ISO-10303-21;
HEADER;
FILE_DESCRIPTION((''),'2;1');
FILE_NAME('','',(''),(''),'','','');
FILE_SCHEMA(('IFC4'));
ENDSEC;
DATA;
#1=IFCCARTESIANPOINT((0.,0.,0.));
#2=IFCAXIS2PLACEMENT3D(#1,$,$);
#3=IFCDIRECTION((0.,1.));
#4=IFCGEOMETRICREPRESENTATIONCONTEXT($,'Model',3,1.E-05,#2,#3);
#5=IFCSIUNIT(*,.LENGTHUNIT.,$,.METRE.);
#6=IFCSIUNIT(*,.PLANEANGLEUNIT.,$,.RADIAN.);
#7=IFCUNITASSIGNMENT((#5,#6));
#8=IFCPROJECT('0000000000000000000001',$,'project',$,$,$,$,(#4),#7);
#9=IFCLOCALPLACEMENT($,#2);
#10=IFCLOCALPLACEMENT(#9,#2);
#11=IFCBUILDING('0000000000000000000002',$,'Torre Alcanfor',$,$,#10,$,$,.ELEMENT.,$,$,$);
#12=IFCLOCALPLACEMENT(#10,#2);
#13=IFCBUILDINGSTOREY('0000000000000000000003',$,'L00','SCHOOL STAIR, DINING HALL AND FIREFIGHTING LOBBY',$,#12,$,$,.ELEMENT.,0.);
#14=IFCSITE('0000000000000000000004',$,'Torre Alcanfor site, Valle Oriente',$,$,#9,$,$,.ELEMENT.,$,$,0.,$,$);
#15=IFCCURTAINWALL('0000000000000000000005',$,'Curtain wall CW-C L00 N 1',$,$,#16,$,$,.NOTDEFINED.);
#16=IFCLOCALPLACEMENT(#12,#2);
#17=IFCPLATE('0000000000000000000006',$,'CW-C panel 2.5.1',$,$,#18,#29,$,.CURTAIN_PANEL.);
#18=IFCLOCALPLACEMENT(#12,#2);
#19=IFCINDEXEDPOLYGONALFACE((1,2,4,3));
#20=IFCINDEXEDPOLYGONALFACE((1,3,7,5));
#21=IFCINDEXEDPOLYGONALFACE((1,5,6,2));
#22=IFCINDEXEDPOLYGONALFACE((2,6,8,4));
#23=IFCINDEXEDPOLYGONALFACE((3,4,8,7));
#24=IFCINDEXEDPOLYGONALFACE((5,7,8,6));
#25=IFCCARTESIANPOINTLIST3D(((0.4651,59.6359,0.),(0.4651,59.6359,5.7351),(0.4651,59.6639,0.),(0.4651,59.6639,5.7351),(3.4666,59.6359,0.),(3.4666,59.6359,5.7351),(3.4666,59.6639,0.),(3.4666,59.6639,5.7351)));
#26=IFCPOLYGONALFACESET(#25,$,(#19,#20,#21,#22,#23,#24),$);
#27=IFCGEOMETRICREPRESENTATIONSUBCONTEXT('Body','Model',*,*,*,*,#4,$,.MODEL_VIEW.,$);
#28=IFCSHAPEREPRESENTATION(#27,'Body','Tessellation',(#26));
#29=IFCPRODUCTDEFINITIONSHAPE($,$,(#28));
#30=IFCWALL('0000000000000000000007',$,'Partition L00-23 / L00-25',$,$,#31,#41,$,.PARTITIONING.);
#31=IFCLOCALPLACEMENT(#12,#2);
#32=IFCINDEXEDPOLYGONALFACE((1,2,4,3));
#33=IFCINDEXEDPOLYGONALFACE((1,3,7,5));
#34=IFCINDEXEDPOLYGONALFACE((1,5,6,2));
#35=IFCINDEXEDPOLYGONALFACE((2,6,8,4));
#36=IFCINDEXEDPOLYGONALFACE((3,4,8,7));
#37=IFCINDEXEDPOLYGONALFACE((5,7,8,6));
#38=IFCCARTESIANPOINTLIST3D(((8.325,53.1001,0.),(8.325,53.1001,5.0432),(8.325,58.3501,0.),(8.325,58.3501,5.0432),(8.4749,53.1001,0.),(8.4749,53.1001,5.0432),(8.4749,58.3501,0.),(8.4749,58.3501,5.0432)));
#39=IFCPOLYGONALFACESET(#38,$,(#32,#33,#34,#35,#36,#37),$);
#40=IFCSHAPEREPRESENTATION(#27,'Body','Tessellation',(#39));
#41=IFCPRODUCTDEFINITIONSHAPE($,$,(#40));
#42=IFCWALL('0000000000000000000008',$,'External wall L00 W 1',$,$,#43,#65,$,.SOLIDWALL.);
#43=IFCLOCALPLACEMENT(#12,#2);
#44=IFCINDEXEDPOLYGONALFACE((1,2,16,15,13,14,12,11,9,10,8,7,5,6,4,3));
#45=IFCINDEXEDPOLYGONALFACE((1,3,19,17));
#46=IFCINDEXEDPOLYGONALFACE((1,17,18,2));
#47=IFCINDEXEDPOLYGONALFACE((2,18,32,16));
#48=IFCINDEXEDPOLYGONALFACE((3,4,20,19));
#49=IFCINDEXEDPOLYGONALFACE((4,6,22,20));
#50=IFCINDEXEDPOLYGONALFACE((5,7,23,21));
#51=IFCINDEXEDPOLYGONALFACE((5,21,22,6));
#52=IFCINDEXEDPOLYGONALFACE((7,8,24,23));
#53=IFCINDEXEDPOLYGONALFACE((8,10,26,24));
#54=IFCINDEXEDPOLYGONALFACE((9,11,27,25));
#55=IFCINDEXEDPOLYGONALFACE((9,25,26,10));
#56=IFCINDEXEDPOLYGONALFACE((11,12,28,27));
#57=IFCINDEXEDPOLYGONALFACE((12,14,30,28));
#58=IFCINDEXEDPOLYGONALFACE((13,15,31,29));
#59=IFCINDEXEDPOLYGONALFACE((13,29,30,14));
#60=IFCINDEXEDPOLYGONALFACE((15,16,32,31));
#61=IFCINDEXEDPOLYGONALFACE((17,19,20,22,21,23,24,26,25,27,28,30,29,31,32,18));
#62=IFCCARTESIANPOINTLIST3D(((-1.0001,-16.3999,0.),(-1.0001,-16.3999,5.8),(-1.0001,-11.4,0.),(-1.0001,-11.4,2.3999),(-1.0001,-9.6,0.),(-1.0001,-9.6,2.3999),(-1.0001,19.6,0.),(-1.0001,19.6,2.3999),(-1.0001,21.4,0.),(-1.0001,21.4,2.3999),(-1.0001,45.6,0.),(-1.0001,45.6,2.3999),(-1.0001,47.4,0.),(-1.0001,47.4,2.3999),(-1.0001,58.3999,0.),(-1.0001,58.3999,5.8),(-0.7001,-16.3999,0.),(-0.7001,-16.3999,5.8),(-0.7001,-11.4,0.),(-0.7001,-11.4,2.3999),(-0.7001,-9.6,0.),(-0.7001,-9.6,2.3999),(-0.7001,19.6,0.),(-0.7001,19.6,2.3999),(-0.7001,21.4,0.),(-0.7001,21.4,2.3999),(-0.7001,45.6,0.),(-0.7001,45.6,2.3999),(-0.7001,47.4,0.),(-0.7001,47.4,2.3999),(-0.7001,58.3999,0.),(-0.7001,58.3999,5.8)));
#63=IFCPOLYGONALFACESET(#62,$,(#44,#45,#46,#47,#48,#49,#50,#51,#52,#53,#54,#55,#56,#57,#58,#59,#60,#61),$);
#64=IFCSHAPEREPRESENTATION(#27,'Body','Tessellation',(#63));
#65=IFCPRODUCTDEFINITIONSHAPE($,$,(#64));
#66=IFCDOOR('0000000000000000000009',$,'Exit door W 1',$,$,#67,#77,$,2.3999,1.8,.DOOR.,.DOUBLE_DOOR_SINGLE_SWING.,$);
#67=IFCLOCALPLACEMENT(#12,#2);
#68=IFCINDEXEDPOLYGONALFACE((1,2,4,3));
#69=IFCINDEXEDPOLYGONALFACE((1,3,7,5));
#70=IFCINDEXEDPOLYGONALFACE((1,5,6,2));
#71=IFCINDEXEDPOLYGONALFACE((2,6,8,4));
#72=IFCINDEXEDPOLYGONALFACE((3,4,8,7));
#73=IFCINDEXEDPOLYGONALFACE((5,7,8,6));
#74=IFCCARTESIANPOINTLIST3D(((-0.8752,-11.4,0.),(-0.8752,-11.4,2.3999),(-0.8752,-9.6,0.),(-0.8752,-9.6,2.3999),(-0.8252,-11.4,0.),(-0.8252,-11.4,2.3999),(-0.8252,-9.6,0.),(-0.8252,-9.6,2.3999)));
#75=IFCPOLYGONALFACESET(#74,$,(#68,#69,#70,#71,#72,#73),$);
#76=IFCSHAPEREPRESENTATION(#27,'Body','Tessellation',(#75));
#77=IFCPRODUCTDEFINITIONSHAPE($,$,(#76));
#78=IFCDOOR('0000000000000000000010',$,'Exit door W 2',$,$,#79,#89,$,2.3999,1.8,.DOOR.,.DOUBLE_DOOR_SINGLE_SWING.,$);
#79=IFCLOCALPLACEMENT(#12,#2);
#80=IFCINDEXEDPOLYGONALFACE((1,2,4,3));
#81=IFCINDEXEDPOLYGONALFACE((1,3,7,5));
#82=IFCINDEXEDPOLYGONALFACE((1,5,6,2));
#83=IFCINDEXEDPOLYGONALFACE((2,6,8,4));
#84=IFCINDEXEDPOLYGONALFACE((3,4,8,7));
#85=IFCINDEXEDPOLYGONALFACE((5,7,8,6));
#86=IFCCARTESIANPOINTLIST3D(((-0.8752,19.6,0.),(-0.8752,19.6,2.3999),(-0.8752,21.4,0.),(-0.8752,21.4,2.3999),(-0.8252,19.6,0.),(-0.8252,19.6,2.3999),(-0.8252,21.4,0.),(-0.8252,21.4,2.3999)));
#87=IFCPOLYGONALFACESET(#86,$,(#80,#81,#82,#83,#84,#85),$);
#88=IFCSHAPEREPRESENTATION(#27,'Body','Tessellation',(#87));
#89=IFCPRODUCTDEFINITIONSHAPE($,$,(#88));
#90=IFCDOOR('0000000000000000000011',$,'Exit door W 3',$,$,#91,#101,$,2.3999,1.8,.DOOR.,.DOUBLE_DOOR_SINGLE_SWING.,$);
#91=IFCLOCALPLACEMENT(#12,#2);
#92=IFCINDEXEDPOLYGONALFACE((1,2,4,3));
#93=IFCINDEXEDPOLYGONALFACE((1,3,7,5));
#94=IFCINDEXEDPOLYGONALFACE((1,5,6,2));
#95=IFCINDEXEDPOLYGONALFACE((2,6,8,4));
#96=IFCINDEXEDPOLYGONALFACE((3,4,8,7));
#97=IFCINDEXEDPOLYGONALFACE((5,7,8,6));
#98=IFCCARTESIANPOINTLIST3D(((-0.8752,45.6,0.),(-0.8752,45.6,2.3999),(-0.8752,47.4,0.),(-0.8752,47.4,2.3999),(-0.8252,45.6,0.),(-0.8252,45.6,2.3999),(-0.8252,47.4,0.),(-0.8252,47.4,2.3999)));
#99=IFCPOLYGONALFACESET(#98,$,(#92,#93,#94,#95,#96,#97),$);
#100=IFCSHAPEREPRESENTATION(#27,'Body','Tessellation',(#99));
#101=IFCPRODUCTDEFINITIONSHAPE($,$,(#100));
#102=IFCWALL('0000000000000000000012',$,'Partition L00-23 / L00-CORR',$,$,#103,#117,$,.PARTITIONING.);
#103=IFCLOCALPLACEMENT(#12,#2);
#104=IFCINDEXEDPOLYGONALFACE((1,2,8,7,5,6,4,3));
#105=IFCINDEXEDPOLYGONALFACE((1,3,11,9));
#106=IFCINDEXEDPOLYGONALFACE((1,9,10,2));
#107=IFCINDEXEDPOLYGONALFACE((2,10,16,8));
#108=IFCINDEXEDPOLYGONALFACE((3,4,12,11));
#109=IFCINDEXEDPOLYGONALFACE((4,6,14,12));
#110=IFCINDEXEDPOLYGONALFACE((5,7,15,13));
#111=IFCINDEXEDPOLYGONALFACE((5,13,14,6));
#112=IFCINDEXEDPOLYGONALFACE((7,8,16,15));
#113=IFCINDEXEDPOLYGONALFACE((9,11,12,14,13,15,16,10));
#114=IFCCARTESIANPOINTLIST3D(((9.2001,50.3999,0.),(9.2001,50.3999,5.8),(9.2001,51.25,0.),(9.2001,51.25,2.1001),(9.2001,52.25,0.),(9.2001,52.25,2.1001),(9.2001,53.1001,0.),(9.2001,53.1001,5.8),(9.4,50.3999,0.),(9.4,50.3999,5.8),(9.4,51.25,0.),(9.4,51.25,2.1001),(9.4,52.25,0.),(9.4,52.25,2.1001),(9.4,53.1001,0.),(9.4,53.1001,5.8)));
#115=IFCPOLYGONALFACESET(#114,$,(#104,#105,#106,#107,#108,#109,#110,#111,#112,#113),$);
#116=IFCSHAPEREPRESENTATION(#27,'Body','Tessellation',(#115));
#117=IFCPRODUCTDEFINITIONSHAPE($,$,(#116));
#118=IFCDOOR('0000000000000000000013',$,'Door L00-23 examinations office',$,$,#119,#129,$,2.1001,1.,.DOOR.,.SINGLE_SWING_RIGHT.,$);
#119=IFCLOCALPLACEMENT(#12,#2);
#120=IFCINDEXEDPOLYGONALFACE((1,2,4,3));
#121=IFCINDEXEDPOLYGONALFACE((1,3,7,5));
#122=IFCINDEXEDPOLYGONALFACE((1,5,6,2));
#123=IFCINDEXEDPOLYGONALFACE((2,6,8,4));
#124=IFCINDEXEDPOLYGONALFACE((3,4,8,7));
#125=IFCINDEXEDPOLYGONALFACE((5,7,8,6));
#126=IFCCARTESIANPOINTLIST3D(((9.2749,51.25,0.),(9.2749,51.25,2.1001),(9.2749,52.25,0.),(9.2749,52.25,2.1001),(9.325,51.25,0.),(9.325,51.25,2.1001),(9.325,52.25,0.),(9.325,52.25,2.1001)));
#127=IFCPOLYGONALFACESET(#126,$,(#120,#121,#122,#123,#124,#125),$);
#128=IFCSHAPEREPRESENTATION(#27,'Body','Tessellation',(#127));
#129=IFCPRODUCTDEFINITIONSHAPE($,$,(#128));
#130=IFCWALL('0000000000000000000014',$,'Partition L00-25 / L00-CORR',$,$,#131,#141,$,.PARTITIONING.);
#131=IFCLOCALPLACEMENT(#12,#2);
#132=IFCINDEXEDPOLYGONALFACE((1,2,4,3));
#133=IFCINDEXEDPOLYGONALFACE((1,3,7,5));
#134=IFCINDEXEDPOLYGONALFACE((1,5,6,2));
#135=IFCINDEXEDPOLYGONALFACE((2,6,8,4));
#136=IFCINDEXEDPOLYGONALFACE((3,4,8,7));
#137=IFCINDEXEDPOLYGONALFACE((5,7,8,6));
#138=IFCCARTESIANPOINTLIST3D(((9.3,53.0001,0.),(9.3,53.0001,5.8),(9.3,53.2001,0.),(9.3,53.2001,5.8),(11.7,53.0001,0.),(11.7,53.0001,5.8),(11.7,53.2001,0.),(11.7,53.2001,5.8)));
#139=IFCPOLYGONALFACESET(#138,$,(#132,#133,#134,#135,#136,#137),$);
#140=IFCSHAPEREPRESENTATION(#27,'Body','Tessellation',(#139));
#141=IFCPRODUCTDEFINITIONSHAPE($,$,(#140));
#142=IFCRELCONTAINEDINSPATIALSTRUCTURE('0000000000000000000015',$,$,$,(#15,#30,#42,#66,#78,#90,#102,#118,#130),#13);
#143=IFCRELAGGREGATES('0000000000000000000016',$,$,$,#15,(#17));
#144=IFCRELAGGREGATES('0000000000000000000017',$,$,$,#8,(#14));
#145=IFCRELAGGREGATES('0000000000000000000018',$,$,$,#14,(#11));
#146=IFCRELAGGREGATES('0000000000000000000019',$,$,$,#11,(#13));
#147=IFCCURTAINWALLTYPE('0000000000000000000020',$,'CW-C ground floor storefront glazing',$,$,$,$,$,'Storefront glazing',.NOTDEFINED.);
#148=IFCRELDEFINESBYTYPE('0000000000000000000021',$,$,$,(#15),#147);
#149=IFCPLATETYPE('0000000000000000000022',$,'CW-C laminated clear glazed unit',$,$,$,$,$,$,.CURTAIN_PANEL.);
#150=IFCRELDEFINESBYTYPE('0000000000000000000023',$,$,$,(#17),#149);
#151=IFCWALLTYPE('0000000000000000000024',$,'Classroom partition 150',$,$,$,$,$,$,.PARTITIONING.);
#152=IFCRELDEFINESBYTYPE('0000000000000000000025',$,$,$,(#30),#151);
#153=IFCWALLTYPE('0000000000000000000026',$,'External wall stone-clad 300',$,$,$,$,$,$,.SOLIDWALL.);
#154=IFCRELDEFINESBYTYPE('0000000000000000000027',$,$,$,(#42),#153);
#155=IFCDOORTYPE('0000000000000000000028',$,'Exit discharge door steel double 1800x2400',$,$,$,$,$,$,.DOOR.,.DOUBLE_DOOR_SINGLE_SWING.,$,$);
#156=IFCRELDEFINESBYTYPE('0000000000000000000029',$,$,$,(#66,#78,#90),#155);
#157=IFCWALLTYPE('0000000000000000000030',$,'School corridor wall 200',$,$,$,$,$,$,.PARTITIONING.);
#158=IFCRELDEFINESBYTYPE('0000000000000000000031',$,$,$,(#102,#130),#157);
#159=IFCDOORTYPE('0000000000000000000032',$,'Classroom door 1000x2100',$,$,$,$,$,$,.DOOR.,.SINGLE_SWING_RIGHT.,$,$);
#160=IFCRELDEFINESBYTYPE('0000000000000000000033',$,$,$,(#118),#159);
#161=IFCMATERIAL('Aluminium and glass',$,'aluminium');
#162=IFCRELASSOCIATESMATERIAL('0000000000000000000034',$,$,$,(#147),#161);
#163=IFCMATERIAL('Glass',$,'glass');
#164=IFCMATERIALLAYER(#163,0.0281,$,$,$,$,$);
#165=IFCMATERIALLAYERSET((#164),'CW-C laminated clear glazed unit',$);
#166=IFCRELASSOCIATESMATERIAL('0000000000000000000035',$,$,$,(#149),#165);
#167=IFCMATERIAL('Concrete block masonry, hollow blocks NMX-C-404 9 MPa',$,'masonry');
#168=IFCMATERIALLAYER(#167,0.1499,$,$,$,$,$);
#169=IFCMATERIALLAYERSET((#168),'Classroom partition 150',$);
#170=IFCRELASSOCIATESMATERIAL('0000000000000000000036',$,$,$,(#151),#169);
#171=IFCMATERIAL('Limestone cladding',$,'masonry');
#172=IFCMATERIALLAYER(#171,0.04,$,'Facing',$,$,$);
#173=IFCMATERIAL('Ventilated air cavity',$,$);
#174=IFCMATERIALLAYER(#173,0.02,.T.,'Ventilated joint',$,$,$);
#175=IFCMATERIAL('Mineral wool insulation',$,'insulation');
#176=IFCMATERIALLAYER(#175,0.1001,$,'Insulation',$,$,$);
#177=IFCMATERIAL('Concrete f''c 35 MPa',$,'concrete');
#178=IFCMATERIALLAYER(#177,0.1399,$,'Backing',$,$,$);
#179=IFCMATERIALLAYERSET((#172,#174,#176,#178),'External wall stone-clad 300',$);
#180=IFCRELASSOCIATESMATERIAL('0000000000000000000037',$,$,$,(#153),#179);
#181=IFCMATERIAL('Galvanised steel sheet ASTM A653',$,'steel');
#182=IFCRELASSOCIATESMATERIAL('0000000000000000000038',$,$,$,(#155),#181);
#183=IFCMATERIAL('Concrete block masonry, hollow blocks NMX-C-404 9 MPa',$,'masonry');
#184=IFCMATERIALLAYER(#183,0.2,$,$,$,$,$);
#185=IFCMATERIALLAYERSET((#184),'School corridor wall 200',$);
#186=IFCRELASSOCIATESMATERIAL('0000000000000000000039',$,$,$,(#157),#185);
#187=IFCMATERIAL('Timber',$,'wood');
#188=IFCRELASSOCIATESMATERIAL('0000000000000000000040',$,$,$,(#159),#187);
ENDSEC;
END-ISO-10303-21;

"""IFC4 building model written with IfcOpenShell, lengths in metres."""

from ifc_helpers import new_model, si_unit, direction, frame, frame_2d, origin, origin_2d, place, context, subcontext, project, spatial, rectangle, extrude, material, layer, layer_set, type_object, element, fill, aggregate, save


model = new_model("IFC4")

# Units and contexts
model_context = context("Model", 3, precision=1e-05, world=origin(), true_north=direction((0.0, 1.0)))
body_context = subcontext(model_context, "Body", "Model", "MODEL_VIEW")
ifc_project = project(units=[si_unit("LENGTHUNIT", "METRE"), si_unit("PLANEANGLEUNIT", "RADIAN")], contexts=[model_context])

# Site, building, storey
site_placement = place(None, origin())
site = spatial("IfcSite", under=ifc_project, at=site_placement, Name="Torre Alcanfor site, Valle Oriente", CompositionType="ELEMENT", RefElevation=0.0)
building_placement = place(site_placement, origin())
building = spatial("IfcBuilding", under=site, at=building_placement, Name="Torre Alcanfor", CompositionType="ELEMENT")
storey_placement = place(building_placement, origin())
storey = spatial("IfcBuildingStorey", under=building, at=storey_placement, Name="L00", Description="SCHOOL STAIR, DINING HALL AND FIREFIGHTING LOBBY", CompositionType="ELEMENT", Elevation=0.0)

# Curtain wall
ifc_material_1 = material(Name="Aluminium and glass", Category="aluminium")
curtain_wall_type = type_object("IfcCurtainWallType", Name="CW-C ground floor storefront glazing", ElementType="Storefront glazing", PredefinedType="NOTDEFINED", material=ifc_material_1)
curtain_wall_placement = place(storey_placement, origin())
curtain_wall = element("IfcCurtainWall", 1, at=curtain_wall_placement, inside=storey, type_object=curtain_wall_type, Name="Curtain wall CW-C L00 N 1", PredefinedType="NOTDEFINED")

# Plate
ifc_material_2 = material(Name="Glass", Category="glass")
ifc_layer_1 = layer(ifc_material_2, 0.0281)
ifc_layer_set_1 = layer_set([ifc_layer_1], Name="CW-C laminated clear glazed unit")
plate_type = type_object("IfcPlateType", Name="CW-C laminated clear glazed unit", PredefinedType="CURTAIN_PANEL", material=ifc_layer_set_1)
plate_1_placement = place(storey_placement, frame((1.9658, 59.6499, 0.0), z_axis=(0.0, 0.0, 1.0), x_axis=(-1.0, 0.0, 0.0)))
plate_1 = element("IfcPlate", 2, at=plate_1_placement, type_object=plate_type, Name="CW-C panel 2.5.1", PredefinedType="CURTAIN_PANEL", context=body_context, shape_type="SweptSolid", body=[
    extrude(rectangle(XDim=3.0015, YDim=0.0281, at=origin_2d()), origin(), (0.0, 0.0, 1.0), 5.7351),
])
aggregate(curtain_wall, [plate_1])

# Wall
ifc_material_3 = material(Name="Concrete block masonry, hollow blocks NMX-C-404 9 MPa", Category="masonry")
ifc_layer_2 = layer(ifc_material_3, 0.1499)
ifc_layer_set_2 = layer_set([ifc_layer_2], Name="Classroom partition 150")
wall_type_1 = type_object("IfcWallType", Name="Classroom partition 150", PredefinedType="PARTITIONING", material=ifc_layer_set_2)
wall_1_placement = place(storey_placement, frame((8.3999, 58.3501, 0.0), z_axis=(0.0, 0.0, 1.0), x_axis=(0.0, -1.0, 0.0)))
element("IfcWall", 3, at=wall_1_placement, inside=storey, type_object=wall_type_1, Name="Partition L00-23 / L00-25", PredefinedType="PARTITIONING", context=body_context, shape_type="SweptSolid", body=[
    extrude(rectangle(XDim=5.25, YDim=0.1499, at=frame_2d((2.625, 0.0))), origin(), (0.0, 0.0, 1.0), 5.0432),
])

# Wall, openings, doors
ifc_material_4 = material(Name="Limestone cladding", Category="masonry")
ifc_layer_3 = layer(ifc_material_4, 0.04, Name="Facing")
ifc_material_5 = material(Name="Ventilated air cavity")
ifc_layer_4 = layer(ifc_material_5, 0.02, ventilated=True, Name="Ventilated joint")
ifc_material_6 = material(Name="Mineral wool insulation", Category="insulation")
ifc_layer_5 = layer(ifc_material_6, 0.1001, Name="Insulation")
ifc_material_7 = material(Name="Concrete f'c 35 MPa", Category="concrete")
ifc_layer_6 = layer(ifc_material_7, 0.1399, Name="Backing")
ifc_layer_set_3 = layer_set([ifc_layer_3, ifc_layer_4, ifc_layer_5, ifc_layer_6], Name="External wall stone-clad 300")
wall_type_2 = type_object("IfcWallType", Name="External wall stone-clad 300", PredefinedType="SOLIDWALL", material=ifc_layer_set_3)
wall_2_placement = place(storey_placement, frame((-0.8501, 58.3999, 0.0), z_axis=(0.0, 0.0, 1.0), x_axis=(0.0, -1.0, 0.0)))
wall_2 = element("IfcWall", 4, at=wall_2_placement, inside=storey, type_object=wall_type_2, Name="External wall L00 W 1", PredefinedType="SOLIDWALL", context=body_context, shape_type="SweptSolid", body=[
    extrude(rectangle(XDim=74.7998, YDim=0.3, at=frame_2d((37.3999, 0.0))), origin(), (0.0, 0.0, 1.0), 5.8),
])
opening_1_placement = place(wall_2_placement, frame((68.0, 0.0, 0.0)))
opening_1 = element("IfcOpeningElement", 5, at=opening_1_placement, cuts=wall_2, PredefinedType="OPENING", context=body_context, shape_type="SweptSolid", body=[
    extrude(rectangle(XDim=1.8, YDim=2.3999, at=frame_2d((0.8999, 1.2))), frame((0.0, 0.1599, 0.0), z_axis=(0.0, -1.0, 0.0), x_axis=(1.0, 0.0, 0.0)), (0.0, 0.0, 1.0), 0.3201),
])
opening_2_placement = place(wall_2_placement, frame((37.0, 0.0, 0.0)))
opening_2 = element("IfcOpeningElement", 6, at=opening_2_placement, cuts=wall_2, PredefinedType="OPENING", context=body_context, shape_type="SweptSolid", body=[
    extrude(rectangle(XDim=1.8, YDim=2.3999, at=frame_2d((0.8999, 1.2))), frame((0.0, 0.1599, 0.0), z_axis=(0.0, -1.0, 0.0), x_axis=(1.0, 0.0, 0.0)), (0.0, 0.0, 1.0), 0.3201),
])
opening_3_placement = place(wall_2_placement, frame((11.0, 0.0, 0.0)))
opening_3 = element("IfcOpeningElement", 7, at=opening_3_placement, cuts=wall_2, PredefinedType="OPENING", context=body_context, shape_type="SweptSolid", body=[
    extrude(rectangle(XDim=1.8, YDim=2.3999, at=frame_2d((0.8999, 1.2))), frame((0.0, 0.1599, 0.0), z_axis=(0.0, -1.0, 0.0), x_axis=(1.0, 0.0, 0.0)), (0.0, 0.0, 1.0), 0.3201),
])
ifc_material_8 = material(Name="Galvanised steel sheet ASTM A653", Category="steel")
door_type_1 = type_object("IfcDoorType", Name="Exit discharge door steel double 1800x2400", OperationType="DOUBLE_DOOR_SINGLE_SWING", PredefinedType="DOOR", material=ifc_material_8)
door_1_placement = place(opening_1_placement, frame((1.8, 0.0, 0.0), z_axis=(0.0, 0.0, 1.0), x_axis=(-1.0, 0.0, 0.0)))
door_1 = element("IfcDoor", 8, at=door_1_placement, inside=storey, type_object=door_type_1, Name="Exit door W 1", OperationType="DOUBLE_DOOR_SINGLE_SWING", OverallHeight=2.3999, OverallWidth=1.8, PredefinedType="DOOR", context=body_context, shape_type="SweptSolid", body=[
    extrude(rectangle(XDim=1.8, YDim=2.3999, at=frame_2d((0.9001, 1.2))), frame((0.0, 0.0251, 0.0), z_axis=(0.0, -1.0, 0.0), x_axis=(1.0, 0.0, 0.0)), (0.0, 0.0, 1.0), 0.05),
])
fill(opening_1, door_1)
door_2_placement = place(opening_2_placement, frame((1.8, 0.0, 0.0), z_axis=(0.0, 0.0, 1.0), x_axis=(-1.0, 0.0, 0.0)))
door_2 = element("IfcDoor", 9, at=door_2_placement, inside=storey, type_object=door_type_1, Name="Exit door W 2", OperationType="DOUBLE_DOOR_SINGLE_SWING", OverallHeight=2.3999, OverallWidth=1.8, PredefinedType="DOOR", context=body_context, shape_type="SweptSolid", body=[
    extrude(rectangle(XDim=1.8, YDim=2.3999, at=frame_2d((0.9001, 1.2))), frame((0.0, 0.0251, 0.0), z_axis=(0.0, -1.0, 0.0), x_axis=(1.0, 0.0, 0.0)), (0.0, 0.0, 1.0), 0.05),
])
fill(opening_2, door_2)
door_3_placement = place(opening_3_placement, frame((1.8, 0.0, 0.0), z_axis=(0.0, 0.0, 1.0), x_axis=(-1.0, 0.0, 0.0)))
door_3 = element("IfcDoor", 10, at=door_3_placement, inside=storey, type_object=door_type_1, Name="Exit door W 3", OperationType="DOUBLE_DOOR_SINGLE_SWING", OverallHeight=2.3999, OverallWidth=1.8, PredefinedType="DOOR", context=body_context, shape_type="SweptSolid", body=[
    extrude(rectangle(XDim=1.8, YDim=2.3999, at=frame_2d((0.9001, 1.2))), frame((0.0, 0.0251, 0.0), z_axis=(0.0, -1.0, 0.0), x_axis=(1.0, 0.0, 0.0)), (0.0, 0.0, 1.0), 0.05),
])
fill(opening_3, door_3)

# Wall, opening, door
ifc_material_9 = material(Name="Concrete block masonry, hollow blocks NMX-C-404 9 MPa", Category="masonry")
ifc_layer_7 = layer(ifc_material_9, 0.2)
ifc_layer_set_4 = layer_set([ifc_layer_7], Name="School corridor wall 200")
wall_type_3 = type_object("IfcWallType", Name="School corridor wall 200", PredefinedType="PARTITIONING", material=ifc_layer_set_4)
wall_3_placement = place(storey_placement, frame((9.3, 53.1001, 0.0), z_axis=(0.0, 0.0, 1.0), x_axis=(0.0, -1.0, 0.0)))
wall_3 = element("IfcWall", 11, at=wall_3_placement, inside=storey, type_object=wall_type_3, Name="Partition L00-23 / L00-CORR", PredefinedType="PARTITIONING", context=body_context, shape_type="SweptSolid", body=[
    extrude(rectangle(XDim=2.7002, YDim=0.2, at=frame_2d((1.3501, 0.0))), origin(), (0.0, 0.0, 1.0), 5.8),
])
opening_4_placement = place(wall_3_placement, frame((0.8501, 0.0, 0.0)))
opening_4 = element("IfcOpeningElement", 12, at=opening_4_placement, cuts=wall_3, PredefinedType="OPENING", context=body_context, shape_type="SweptSolid", body=[
    extrude(rectangle(XDim=1.0, YDim=2.1001, at=frame_2d((0.5, 1.05))), frame((0.0, 0.1099, 0.0), z_axis=(0.0, -1.0, 0.0), x_axis=(1.0, 0.0, 0.0)), (0.0, 0.0, 1.0), 0.22),
])
ifc_material_10 = material(Name="Timber", Category="wood")
door_type_2 = type_object("IfcDoorType", Name="Classroom door 1000x2100", OperationType="SINGLE_SWING_RIGHT", PredefinedType="DOOR", material=ifc_material_10)
door_4_placement = place(opening_4_placement, frame((1.0, 0.0, 0.0), z_axis=(0.0, 0.0, 1.0), x_axis=(-1.0, 0.0, 0.0)))
door_4 = element("IfcDoor", 13, at=door_4_placement, inside=storey, type_object=door_type_2, Name="Door L00-23 examinations office", OperationType="SINGLE_SWING_RIGHT", OverallHeight=2.1001, OverallWidth=1.0, PredefinedType="DOOR", context=body_context, shape_type="SweptSolid", body=[
    extrude(rectangle(XDim=1.0, YDim=2.1001, at=frame_2d((0.5, 1.05))), frame((0.0, 0.0251, 0.0), z_axis=(0.0, -1.0, 0.0), x_axis=(1.0, 0.0, 0.0)), (0.0, 0.0, 1.0), 0.05),
])
fill(opening_4, door_4)

# Wall
wall_4_placement = place(storey_placement, frame((11.7, 53.1001, 0.0), z_axis=(0.0, 0.0, 1.0), x_axis=(-1.0, 0.0, 0.0)))
element("IfcWall", 14, at=wall_4_placement, inside=storey, type_object=wall_type_3, Name="Partition L00-25 / L00-CORR", PredefinedType="PARTITIONING", context=body_context, shape_type="SweptSolid", body=[
    extrude(rectangle(XDim=2.3999, YDim=0.2, at=frame_2d((1.2, 0.0))), origin(), (0.0, 0.0, 1.0), 5.8),
])

save(model, "model.ifc")
